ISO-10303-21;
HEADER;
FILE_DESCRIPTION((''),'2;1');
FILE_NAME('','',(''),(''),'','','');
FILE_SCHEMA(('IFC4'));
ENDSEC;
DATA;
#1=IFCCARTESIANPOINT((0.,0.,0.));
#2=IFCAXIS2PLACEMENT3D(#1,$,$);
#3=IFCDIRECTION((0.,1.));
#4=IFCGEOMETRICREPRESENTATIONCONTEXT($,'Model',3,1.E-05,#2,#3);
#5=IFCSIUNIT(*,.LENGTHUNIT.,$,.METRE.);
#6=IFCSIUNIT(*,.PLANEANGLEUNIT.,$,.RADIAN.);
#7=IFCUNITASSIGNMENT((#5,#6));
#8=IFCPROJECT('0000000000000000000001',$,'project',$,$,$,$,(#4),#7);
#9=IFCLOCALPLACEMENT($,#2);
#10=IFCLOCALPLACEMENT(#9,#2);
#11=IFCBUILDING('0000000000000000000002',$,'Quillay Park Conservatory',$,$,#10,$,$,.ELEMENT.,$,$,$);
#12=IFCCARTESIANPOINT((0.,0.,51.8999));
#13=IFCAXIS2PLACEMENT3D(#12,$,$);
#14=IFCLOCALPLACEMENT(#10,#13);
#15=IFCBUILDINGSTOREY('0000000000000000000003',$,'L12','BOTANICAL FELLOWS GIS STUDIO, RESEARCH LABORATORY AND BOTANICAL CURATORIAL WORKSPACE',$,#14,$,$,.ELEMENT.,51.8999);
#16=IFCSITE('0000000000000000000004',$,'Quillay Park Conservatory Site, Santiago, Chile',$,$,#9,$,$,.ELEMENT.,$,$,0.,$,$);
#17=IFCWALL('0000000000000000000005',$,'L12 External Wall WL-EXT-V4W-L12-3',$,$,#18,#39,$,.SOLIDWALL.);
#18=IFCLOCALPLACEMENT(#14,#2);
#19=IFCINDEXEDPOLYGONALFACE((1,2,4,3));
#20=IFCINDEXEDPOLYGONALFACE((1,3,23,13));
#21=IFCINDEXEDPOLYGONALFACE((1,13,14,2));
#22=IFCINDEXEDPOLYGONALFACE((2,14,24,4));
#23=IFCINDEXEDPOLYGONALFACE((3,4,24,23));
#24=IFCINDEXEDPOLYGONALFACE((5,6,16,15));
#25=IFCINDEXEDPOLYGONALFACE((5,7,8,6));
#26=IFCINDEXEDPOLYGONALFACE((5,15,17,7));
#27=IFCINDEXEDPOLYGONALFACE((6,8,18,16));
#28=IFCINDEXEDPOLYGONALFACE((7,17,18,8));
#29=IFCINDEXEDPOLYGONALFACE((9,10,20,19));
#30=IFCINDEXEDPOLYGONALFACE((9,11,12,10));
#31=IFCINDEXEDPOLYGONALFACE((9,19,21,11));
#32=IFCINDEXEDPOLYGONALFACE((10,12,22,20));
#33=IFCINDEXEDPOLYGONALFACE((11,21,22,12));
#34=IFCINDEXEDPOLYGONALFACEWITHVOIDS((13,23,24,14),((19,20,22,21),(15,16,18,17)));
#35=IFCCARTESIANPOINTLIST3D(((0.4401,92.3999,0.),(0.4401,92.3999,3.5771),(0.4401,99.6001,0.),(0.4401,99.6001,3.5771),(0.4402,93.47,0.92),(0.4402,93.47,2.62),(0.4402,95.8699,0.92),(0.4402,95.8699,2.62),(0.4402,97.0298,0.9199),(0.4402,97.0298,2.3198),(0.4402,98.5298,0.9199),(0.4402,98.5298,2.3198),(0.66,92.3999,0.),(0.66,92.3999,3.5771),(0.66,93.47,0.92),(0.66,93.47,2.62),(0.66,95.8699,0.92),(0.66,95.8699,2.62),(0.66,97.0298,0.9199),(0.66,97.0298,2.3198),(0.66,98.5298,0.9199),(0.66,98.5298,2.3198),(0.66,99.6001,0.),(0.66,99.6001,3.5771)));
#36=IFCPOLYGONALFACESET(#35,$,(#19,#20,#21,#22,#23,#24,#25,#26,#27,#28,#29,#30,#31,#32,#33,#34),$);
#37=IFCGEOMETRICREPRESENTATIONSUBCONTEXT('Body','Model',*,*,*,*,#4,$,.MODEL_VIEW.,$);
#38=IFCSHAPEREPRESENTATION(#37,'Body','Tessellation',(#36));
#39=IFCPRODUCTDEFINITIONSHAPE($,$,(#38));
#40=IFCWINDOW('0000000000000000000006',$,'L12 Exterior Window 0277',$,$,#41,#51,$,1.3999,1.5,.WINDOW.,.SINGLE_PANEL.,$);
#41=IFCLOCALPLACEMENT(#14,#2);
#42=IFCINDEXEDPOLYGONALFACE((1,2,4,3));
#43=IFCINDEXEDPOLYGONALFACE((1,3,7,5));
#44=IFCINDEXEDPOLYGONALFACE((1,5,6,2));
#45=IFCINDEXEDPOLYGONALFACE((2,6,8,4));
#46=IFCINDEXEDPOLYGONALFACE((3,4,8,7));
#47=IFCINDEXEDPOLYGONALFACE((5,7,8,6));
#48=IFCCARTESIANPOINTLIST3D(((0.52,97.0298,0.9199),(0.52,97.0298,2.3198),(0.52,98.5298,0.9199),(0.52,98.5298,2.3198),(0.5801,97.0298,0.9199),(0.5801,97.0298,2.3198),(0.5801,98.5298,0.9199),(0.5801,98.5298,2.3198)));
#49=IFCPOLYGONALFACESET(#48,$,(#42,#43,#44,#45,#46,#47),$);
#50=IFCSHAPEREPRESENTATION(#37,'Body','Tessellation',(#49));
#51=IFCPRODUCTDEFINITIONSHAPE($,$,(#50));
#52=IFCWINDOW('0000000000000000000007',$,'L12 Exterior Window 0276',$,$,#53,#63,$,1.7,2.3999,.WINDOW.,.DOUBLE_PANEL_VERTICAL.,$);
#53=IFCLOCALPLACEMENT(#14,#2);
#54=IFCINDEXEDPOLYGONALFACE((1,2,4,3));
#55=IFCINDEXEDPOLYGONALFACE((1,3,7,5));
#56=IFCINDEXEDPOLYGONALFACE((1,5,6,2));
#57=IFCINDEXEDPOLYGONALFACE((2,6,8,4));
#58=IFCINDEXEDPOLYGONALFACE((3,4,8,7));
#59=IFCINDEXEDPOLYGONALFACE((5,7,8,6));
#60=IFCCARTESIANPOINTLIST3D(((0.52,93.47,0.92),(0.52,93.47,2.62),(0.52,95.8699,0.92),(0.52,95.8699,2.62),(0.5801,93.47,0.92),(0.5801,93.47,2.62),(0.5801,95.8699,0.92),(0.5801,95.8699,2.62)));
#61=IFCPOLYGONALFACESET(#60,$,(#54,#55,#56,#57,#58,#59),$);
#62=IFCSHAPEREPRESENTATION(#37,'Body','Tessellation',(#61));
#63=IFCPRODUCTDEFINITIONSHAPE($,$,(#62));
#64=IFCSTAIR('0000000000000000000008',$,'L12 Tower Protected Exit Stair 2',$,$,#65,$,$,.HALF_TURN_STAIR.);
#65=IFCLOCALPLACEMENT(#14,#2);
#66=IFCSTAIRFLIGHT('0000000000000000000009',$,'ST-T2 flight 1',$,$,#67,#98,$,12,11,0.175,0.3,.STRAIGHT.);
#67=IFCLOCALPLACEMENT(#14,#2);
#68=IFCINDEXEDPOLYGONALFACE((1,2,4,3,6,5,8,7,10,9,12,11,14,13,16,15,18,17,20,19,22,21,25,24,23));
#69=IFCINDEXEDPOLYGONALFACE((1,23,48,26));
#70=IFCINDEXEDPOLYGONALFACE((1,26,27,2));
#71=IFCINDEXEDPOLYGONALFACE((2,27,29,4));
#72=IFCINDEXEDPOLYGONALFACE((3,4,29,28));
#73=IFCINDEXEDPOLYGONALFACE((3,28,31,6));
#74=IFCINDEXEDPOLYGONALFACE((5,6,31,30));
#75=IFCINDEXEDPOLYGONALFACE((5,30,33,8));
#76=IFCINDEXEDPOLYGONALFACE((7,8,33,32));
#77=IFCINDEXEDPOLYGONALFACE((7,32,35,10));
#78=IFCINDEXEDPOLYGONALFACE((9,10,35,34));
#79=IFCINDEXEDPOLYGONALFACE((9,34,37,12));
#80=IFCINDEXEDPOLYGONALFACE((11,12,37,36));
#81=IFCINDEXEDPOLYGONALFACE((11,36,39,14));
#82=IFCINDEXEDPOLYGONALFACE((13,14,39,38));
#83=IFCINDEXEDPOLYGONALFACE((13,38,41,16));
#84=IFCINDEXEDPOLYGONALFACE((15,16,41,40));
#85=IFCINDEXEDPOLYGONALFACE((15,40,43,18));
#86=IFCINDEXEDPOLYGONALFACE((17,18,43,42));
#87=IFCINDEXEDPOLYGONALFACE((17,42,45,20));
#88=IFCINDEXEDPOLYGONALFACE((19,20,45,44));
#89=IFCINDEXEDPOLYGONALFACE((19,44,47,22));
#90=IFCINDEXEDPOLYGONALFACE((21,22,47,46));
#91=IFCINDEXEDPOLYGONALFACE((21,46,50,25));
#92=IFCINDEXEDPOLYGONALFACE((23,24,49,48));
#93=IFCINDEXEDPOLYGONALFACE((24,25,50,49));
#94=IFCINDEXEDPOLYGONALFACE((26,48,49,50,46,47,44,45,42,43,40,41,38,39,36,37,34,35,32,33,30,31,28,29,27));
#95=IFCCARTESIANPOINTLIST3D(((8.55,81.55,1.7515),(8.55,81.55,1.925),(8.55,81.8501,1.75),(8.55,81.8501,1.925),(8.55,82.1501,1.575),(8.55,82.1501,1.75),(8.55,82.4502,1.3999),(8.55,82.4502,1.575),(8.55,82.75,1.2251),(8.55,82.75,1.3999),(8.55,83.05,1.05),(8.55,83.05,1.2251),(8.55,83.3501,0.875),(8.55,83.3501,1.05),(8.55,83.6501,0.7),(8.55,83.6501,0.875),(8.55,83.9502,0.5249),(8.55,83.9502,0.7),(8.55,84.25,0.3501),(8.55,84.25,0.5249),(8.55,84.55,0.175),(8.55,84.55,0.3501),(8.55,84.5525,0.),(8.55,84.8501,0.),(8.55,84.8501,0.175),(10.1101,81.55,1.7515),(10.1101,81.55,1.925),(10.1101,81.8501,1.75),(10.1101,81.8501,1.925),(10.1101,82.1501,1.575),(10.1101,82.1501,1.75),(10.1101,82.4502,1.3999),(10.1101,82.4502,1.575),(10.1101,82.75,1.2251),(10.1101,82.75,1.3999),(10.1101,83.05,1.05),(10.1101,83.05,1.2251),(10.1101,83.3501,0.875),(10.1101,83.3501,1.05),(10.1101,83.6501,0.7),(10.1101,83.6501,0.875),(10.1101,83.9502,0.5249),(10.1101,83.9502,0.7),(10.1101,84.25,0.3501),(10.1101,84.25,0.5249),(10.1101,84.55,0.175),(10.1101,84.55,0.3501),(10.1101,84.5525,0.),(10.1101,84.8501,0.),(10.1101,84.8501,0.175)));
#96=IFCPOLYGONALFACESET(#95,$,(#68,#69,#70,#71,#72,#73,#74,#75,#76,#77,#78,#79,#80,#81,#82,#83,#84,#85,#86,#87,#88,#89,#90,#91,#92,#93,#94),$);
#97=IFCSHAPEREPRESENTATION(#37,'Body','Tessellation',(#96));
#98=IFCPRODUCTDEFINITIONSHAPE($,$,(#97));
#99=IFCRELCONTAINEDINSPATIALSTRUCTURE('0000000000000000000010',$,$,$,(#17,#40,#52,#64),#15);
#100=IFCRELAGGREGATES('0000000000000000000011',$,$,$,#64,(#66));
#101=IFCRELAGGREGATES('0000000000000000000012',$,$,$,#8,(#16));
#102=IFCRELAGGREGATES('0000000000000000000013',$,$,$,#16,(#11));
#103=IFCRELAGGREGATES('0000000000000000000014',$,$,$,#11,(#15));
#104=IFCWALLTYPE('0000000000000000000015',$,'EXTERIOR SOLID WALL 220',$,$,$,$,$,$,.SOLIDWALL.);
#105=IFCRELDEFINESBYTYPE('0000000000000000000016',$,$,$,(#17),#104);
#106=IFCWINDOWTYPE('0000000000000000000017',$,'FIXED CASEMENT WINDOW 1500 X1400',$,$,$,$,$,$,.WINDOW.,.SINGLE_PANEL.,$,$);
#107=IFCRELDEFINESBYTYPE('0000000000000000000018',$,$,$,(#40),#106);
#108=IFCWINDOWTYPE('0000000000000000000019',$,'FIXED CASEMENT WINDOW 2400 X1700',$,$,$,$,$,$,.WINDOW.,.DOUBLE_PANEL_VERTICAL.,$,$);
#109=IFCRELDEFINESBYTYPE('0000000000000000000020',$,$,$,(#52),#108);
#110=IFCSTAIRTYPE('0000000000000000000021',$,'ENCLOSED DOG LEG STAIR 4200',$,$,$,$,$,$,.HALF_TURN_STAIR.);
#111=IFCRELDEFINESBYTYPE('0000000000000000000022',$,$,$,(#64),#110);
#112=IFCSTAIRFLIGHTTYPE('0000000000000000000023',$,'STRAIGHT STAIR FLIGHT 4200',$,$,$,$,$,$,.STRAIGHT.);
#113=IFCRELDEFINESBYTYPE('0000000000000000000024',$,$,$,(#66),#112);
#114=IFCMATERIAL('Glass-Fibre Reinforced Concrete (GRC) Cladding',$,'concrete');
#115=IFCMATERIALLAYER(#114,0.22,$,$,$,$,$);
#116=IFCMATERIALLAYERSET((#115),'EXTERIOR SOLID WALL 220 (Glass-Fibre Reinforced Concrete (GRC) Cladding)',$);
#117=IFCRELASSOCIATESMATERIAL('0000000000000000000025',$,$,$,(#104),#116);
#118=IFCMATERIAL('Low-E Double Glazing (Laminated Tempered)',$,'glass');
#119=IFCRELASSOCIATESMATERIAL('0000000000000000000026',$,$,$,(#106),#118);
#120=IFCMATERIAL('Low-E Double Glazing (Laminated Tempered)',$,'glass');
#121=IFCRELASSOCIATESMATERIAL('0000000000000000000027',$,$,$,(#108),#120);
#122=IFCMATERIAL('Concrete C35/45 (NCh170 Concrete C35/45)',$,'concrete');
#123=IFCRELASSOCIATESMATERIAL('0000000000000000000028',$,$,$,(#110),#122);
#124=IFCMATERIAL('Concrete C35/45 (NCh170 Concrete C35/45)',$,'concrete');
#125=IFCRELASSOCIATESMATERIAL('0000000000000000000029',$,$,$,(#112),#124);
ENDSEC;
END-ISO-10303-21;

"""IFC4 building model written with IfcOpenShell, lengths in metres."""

from ifc_helpers import new_model, si_unit, direction, frame, frame_2d, origin, place, context, subcontext, project, spatial, polyline, rectangle, outline, extrude, material, layer, layer_set, type_object, element, fill, aggregate, save


model = new_model("IFC4")

# Units and contexts
model_context = context("Model", 3, precision=1e-05, world=origin(), true_north=direction((0.0, 1.0)))
body_context = subcontext(model_context, "Body", "Model", "MODEL_VIEW")
ifc_project = project(units=[si_unit("LENGTHUNIT", "METRE"), si_unit("PLANEANGLEUNIT", "RADIAN")], contexts=[model_context])

# Site, building, storey
site_placement = place(None, origin())
site = spatial("IfcSite", under=ifc_project, at=site_placement, Name="Quillay Park Conservatory Site, Santiago, Chile", CompositionType="ELEMENT", RefElevation=0.0)
building_placement = place(site_placement, origin())
building = spatial("IfcBuilding", under=site, at=building_placement, Name="Quillay Park Conservatory", CompositionType="ELEMENT")
storey_placement = place(building_placement, frame((0.0, 0.0, 51.8999)))
storey = spatial("IfcBuildingStorey", under=building, at=storey_placement, Name="L12", Description="BOTANICAL FELLOWS GIS STUDIO, RESEARCH LABORATORY AND BOTANICAL CURATORIAL WORKSPACE", CompositionType="ELEMENT", Elevation=51.8999)

# Wall, openings, windows
ifc_material_1 = material(Name="Glass-Fibre Reinforced Concrete (GRC) Cladding", Category="concrete")
ifc_layer_1 = layer(ifc_material_1, 0.22)
ifc_layer_set_1 = layer_set([ifc_layer_1], Name="EXTERIOR SOLID WALL 220 (Glass-Fibre Reinforced Concrete (GRC) Cladding)")
wall_type_1 = type_object("IfcWallType", Name="EXTERIOR SOLID WALL 220", PredefinedType="SOLIDWALL", material=ifc_layer_set_1)
wall_1_placement = place(storey_placement, frame((0.55, 92.3999, 0.0), z_axis=(0.0, 0.0, 1.0), x_axis=(0.0, 1.0, 0.0)))
wall_1 = element("IfcWall", 1, at=wall_1_placement, inside=storey, type_object=wall_type_1, Name="L12 External Wall WL-EXT-V4W-L12-3", PredefinedType="SOLIDWALL", context=body_context, shape_type="SweptSolid", body=[
    extrude(rectangle(XDim=7.2002, YDim=0.22, at=frame_2d((3.6001, 0.0))), origin(), (0.0, 0.0, 1.0), 3.5771),
])
opening_1_placement = place(wall_1_placement, frame((1.0701, 0.0, 0.9199)))
opening_1 = element("IfcOpeningElement", 2, at=opening_1_placement, cuts=wall_1, PredefinedType="OPENING", context=body_context, shape_type="SweptSolid", body=[
    extrude(rectangle(XDim=2.3999, YDim=1.7, at=frame_2d((1.2, 0.8501))), frame((0.0, 0.1099, 0.0), z_axis=(0.0, -1.0, 0.0), x_axis=(1.0, 0.0, 0.0)), (0.0, 0.0, 1.0), 0.22),
])
opening_2_placement = place(wall_1_placement, frame((4.6299, 0.0, 0.9199)))
opening_2 = element("IfcOpeningElement", 3, at=opening_2_placement, cuts=wall_1, PredefinedType="OPENING", context=body_context, shape_type="SweptSolid", body=[
    extrude(rectangle(XDim=1.5, YDim=1.3999, at=frame_2d((0.75, 0.7))), frame((0.0, 0.1099, 0.0), z_axis=(0.0, -1.0, 0.0), x_axis=(1.0, 0.0, 0.0)), (0.0, 0.0, 1.0), 0.22),
])
ifc_material_2 = material(Name="Low-E Double Glazing (Laminated Tempered)", Category="glass")
window_type_1 = type_object("IfcWindowType", Name="FIXED CASEMENT WINDOW 1500 X1400", PartitioningType="SINGLE_PANEL", PredefinedType="WINDOW", material=ifc_material_2)
window_1_placement = place(opening_2_placement, origin())
window_1 = element("IfcWindow", 4, at=window_1_placement, inside=storey, type_object=window_type_1, Name="L12 Exterior Window 0277", OverallHeight=1.3999, OverallWidth=1.5, PartitioningType="SINGLE_PANEL", PredefinedType="WINDOW", context=body_context, shape_type="SweptSolid", body=[
    extrude(rectangle(XDim=1.5, YDim=1.3999, at=frame_2d((0.75, 0.7))), frame((0.0, 0.03, 0.0), z_axis=(0.0, -1.0, 0.0), x_axis=(1.0, 0.0, 0.0)), (0.0, 0.0, 1.0), 0.0601),
])
fill(opening_2, window_1)
ifc_material_3 = material(Name="Low-E Double Glazing (Laminated Tempered)", Category="glass")
window_type_2 = type_object("IfcWindowType", Name="FIXED CASEMENT WINDOW 2400 X1700", PartitioningType="DOUBLE_PANEL_VERTICAL", PredefinedType="WINDOW", material=ifc_material_3)
window_2_placement = place(opening_1_placement, origin())
window_2 = element("IfcWindow", 5, at=window_2_placement, inside=storey, type_object=window_type_2, Name="L12 Exterior Window 0276", OverallHeight=1.7, OverallWidth=2.3999, PartitioningType="DOUBLE_PANEL_VERTICAL", PredefinedType="WINDOW", context=body_context, shape_type="SweptSolid", body=[
    extrude(rectangle(XDim=2.3999, YDim=1.7, at=frame_2d((1.2, 0.8501))), frame((0.0, 0.03, 0.0), z_axis=(0.0, -1.0, 0.0), x_axis=(1.0, 0.0, 0.0)), (0.0, 0.0, 1.0), 0.0601),
])
fill(opening_1, window_2)

# Stair, stair flight
ifc_material_4 = material(Name="Concrete C35/45 (NCh170 Concrete C35/45)", Category="concrete")
stair_type = type_object("IfcStairType", Name="ENCLOSED DOG LEG STAIR 4200", PredefinedType="HALF_TURN_STAIR", material=ifc_material_4)
stair_placement = place(storey_placement, origin())
stair = element("IfcStair", 6, at=stair_placement, inside=storey, type_object=stair_type, Name="L12 Tower Protected Exit Stair 2", PredefinedType="HALF_TURN_STAIR")
ifc_material_5 = material(Name="Concrete C35/45 (NCh170 Concrete C35/45)", Category="concrete")
stair_flight_type = type_object("IfcStairFlightType", Name="STRAIGHT STAIR FLIGHT 4200", PredefinedType="STRAIGHT", material=ifc_material_5)
stair_flight_placement = place(storey_placement, frame((9.3301, 84.8501, 0.0), z_axis=(0.0, 0.0, 1.0), x_axis=(0.0, -1.0, 0.0)))
stair_flight = element("IfcStairFlight", 7, at=stair_flight_placement, type_object=stair_flight_type, Name="ST-T2 flight 1", NumberOfRisers=12, NumberOfTreads=11, PredefinedType="STRAIGHT", RiserHeight=0.175, TreadLength=0.3, context=body_context, shape_type="SweptSolid", body=[
    extrude(outline(polyline([(0.0, 0.0), (0.0, 0.175), (0.3, 0.175), (0.3, 0.3501), (0.6001, 0.3501), (0.6001, 0.5249), (0.8999, 0.5249), (0.8999, 0.7), (1.2, 0.7), (1.2, 0.875), (1.5, 0.875), (1.5, 1.05), (1.8, 1.05), (1.8, 1.2251), (2.1001, 1.2251), (2.1001, 1.3999), (2.3999, 1.3999), (2.3999, 1.575), (2.7, 1.575), (2.7, 1.75), (3.0, 1.75), (3.0, 1.925), (3.3, 1.925), (3.3, 2.1001), (3.3, 1.7515), (0.2976, 0.0), (0.0, 0.0)])), frame((0.0, 0.78, 0.0), z_axis=(0.0, -1.0, 0.0), x_axis=(1.0, 0.0, 0.0)), (0.0, 0.0, 1.0), 1.5601),
])
aggregate(stair, [stair_flight])

save(model, "model.ifc")
